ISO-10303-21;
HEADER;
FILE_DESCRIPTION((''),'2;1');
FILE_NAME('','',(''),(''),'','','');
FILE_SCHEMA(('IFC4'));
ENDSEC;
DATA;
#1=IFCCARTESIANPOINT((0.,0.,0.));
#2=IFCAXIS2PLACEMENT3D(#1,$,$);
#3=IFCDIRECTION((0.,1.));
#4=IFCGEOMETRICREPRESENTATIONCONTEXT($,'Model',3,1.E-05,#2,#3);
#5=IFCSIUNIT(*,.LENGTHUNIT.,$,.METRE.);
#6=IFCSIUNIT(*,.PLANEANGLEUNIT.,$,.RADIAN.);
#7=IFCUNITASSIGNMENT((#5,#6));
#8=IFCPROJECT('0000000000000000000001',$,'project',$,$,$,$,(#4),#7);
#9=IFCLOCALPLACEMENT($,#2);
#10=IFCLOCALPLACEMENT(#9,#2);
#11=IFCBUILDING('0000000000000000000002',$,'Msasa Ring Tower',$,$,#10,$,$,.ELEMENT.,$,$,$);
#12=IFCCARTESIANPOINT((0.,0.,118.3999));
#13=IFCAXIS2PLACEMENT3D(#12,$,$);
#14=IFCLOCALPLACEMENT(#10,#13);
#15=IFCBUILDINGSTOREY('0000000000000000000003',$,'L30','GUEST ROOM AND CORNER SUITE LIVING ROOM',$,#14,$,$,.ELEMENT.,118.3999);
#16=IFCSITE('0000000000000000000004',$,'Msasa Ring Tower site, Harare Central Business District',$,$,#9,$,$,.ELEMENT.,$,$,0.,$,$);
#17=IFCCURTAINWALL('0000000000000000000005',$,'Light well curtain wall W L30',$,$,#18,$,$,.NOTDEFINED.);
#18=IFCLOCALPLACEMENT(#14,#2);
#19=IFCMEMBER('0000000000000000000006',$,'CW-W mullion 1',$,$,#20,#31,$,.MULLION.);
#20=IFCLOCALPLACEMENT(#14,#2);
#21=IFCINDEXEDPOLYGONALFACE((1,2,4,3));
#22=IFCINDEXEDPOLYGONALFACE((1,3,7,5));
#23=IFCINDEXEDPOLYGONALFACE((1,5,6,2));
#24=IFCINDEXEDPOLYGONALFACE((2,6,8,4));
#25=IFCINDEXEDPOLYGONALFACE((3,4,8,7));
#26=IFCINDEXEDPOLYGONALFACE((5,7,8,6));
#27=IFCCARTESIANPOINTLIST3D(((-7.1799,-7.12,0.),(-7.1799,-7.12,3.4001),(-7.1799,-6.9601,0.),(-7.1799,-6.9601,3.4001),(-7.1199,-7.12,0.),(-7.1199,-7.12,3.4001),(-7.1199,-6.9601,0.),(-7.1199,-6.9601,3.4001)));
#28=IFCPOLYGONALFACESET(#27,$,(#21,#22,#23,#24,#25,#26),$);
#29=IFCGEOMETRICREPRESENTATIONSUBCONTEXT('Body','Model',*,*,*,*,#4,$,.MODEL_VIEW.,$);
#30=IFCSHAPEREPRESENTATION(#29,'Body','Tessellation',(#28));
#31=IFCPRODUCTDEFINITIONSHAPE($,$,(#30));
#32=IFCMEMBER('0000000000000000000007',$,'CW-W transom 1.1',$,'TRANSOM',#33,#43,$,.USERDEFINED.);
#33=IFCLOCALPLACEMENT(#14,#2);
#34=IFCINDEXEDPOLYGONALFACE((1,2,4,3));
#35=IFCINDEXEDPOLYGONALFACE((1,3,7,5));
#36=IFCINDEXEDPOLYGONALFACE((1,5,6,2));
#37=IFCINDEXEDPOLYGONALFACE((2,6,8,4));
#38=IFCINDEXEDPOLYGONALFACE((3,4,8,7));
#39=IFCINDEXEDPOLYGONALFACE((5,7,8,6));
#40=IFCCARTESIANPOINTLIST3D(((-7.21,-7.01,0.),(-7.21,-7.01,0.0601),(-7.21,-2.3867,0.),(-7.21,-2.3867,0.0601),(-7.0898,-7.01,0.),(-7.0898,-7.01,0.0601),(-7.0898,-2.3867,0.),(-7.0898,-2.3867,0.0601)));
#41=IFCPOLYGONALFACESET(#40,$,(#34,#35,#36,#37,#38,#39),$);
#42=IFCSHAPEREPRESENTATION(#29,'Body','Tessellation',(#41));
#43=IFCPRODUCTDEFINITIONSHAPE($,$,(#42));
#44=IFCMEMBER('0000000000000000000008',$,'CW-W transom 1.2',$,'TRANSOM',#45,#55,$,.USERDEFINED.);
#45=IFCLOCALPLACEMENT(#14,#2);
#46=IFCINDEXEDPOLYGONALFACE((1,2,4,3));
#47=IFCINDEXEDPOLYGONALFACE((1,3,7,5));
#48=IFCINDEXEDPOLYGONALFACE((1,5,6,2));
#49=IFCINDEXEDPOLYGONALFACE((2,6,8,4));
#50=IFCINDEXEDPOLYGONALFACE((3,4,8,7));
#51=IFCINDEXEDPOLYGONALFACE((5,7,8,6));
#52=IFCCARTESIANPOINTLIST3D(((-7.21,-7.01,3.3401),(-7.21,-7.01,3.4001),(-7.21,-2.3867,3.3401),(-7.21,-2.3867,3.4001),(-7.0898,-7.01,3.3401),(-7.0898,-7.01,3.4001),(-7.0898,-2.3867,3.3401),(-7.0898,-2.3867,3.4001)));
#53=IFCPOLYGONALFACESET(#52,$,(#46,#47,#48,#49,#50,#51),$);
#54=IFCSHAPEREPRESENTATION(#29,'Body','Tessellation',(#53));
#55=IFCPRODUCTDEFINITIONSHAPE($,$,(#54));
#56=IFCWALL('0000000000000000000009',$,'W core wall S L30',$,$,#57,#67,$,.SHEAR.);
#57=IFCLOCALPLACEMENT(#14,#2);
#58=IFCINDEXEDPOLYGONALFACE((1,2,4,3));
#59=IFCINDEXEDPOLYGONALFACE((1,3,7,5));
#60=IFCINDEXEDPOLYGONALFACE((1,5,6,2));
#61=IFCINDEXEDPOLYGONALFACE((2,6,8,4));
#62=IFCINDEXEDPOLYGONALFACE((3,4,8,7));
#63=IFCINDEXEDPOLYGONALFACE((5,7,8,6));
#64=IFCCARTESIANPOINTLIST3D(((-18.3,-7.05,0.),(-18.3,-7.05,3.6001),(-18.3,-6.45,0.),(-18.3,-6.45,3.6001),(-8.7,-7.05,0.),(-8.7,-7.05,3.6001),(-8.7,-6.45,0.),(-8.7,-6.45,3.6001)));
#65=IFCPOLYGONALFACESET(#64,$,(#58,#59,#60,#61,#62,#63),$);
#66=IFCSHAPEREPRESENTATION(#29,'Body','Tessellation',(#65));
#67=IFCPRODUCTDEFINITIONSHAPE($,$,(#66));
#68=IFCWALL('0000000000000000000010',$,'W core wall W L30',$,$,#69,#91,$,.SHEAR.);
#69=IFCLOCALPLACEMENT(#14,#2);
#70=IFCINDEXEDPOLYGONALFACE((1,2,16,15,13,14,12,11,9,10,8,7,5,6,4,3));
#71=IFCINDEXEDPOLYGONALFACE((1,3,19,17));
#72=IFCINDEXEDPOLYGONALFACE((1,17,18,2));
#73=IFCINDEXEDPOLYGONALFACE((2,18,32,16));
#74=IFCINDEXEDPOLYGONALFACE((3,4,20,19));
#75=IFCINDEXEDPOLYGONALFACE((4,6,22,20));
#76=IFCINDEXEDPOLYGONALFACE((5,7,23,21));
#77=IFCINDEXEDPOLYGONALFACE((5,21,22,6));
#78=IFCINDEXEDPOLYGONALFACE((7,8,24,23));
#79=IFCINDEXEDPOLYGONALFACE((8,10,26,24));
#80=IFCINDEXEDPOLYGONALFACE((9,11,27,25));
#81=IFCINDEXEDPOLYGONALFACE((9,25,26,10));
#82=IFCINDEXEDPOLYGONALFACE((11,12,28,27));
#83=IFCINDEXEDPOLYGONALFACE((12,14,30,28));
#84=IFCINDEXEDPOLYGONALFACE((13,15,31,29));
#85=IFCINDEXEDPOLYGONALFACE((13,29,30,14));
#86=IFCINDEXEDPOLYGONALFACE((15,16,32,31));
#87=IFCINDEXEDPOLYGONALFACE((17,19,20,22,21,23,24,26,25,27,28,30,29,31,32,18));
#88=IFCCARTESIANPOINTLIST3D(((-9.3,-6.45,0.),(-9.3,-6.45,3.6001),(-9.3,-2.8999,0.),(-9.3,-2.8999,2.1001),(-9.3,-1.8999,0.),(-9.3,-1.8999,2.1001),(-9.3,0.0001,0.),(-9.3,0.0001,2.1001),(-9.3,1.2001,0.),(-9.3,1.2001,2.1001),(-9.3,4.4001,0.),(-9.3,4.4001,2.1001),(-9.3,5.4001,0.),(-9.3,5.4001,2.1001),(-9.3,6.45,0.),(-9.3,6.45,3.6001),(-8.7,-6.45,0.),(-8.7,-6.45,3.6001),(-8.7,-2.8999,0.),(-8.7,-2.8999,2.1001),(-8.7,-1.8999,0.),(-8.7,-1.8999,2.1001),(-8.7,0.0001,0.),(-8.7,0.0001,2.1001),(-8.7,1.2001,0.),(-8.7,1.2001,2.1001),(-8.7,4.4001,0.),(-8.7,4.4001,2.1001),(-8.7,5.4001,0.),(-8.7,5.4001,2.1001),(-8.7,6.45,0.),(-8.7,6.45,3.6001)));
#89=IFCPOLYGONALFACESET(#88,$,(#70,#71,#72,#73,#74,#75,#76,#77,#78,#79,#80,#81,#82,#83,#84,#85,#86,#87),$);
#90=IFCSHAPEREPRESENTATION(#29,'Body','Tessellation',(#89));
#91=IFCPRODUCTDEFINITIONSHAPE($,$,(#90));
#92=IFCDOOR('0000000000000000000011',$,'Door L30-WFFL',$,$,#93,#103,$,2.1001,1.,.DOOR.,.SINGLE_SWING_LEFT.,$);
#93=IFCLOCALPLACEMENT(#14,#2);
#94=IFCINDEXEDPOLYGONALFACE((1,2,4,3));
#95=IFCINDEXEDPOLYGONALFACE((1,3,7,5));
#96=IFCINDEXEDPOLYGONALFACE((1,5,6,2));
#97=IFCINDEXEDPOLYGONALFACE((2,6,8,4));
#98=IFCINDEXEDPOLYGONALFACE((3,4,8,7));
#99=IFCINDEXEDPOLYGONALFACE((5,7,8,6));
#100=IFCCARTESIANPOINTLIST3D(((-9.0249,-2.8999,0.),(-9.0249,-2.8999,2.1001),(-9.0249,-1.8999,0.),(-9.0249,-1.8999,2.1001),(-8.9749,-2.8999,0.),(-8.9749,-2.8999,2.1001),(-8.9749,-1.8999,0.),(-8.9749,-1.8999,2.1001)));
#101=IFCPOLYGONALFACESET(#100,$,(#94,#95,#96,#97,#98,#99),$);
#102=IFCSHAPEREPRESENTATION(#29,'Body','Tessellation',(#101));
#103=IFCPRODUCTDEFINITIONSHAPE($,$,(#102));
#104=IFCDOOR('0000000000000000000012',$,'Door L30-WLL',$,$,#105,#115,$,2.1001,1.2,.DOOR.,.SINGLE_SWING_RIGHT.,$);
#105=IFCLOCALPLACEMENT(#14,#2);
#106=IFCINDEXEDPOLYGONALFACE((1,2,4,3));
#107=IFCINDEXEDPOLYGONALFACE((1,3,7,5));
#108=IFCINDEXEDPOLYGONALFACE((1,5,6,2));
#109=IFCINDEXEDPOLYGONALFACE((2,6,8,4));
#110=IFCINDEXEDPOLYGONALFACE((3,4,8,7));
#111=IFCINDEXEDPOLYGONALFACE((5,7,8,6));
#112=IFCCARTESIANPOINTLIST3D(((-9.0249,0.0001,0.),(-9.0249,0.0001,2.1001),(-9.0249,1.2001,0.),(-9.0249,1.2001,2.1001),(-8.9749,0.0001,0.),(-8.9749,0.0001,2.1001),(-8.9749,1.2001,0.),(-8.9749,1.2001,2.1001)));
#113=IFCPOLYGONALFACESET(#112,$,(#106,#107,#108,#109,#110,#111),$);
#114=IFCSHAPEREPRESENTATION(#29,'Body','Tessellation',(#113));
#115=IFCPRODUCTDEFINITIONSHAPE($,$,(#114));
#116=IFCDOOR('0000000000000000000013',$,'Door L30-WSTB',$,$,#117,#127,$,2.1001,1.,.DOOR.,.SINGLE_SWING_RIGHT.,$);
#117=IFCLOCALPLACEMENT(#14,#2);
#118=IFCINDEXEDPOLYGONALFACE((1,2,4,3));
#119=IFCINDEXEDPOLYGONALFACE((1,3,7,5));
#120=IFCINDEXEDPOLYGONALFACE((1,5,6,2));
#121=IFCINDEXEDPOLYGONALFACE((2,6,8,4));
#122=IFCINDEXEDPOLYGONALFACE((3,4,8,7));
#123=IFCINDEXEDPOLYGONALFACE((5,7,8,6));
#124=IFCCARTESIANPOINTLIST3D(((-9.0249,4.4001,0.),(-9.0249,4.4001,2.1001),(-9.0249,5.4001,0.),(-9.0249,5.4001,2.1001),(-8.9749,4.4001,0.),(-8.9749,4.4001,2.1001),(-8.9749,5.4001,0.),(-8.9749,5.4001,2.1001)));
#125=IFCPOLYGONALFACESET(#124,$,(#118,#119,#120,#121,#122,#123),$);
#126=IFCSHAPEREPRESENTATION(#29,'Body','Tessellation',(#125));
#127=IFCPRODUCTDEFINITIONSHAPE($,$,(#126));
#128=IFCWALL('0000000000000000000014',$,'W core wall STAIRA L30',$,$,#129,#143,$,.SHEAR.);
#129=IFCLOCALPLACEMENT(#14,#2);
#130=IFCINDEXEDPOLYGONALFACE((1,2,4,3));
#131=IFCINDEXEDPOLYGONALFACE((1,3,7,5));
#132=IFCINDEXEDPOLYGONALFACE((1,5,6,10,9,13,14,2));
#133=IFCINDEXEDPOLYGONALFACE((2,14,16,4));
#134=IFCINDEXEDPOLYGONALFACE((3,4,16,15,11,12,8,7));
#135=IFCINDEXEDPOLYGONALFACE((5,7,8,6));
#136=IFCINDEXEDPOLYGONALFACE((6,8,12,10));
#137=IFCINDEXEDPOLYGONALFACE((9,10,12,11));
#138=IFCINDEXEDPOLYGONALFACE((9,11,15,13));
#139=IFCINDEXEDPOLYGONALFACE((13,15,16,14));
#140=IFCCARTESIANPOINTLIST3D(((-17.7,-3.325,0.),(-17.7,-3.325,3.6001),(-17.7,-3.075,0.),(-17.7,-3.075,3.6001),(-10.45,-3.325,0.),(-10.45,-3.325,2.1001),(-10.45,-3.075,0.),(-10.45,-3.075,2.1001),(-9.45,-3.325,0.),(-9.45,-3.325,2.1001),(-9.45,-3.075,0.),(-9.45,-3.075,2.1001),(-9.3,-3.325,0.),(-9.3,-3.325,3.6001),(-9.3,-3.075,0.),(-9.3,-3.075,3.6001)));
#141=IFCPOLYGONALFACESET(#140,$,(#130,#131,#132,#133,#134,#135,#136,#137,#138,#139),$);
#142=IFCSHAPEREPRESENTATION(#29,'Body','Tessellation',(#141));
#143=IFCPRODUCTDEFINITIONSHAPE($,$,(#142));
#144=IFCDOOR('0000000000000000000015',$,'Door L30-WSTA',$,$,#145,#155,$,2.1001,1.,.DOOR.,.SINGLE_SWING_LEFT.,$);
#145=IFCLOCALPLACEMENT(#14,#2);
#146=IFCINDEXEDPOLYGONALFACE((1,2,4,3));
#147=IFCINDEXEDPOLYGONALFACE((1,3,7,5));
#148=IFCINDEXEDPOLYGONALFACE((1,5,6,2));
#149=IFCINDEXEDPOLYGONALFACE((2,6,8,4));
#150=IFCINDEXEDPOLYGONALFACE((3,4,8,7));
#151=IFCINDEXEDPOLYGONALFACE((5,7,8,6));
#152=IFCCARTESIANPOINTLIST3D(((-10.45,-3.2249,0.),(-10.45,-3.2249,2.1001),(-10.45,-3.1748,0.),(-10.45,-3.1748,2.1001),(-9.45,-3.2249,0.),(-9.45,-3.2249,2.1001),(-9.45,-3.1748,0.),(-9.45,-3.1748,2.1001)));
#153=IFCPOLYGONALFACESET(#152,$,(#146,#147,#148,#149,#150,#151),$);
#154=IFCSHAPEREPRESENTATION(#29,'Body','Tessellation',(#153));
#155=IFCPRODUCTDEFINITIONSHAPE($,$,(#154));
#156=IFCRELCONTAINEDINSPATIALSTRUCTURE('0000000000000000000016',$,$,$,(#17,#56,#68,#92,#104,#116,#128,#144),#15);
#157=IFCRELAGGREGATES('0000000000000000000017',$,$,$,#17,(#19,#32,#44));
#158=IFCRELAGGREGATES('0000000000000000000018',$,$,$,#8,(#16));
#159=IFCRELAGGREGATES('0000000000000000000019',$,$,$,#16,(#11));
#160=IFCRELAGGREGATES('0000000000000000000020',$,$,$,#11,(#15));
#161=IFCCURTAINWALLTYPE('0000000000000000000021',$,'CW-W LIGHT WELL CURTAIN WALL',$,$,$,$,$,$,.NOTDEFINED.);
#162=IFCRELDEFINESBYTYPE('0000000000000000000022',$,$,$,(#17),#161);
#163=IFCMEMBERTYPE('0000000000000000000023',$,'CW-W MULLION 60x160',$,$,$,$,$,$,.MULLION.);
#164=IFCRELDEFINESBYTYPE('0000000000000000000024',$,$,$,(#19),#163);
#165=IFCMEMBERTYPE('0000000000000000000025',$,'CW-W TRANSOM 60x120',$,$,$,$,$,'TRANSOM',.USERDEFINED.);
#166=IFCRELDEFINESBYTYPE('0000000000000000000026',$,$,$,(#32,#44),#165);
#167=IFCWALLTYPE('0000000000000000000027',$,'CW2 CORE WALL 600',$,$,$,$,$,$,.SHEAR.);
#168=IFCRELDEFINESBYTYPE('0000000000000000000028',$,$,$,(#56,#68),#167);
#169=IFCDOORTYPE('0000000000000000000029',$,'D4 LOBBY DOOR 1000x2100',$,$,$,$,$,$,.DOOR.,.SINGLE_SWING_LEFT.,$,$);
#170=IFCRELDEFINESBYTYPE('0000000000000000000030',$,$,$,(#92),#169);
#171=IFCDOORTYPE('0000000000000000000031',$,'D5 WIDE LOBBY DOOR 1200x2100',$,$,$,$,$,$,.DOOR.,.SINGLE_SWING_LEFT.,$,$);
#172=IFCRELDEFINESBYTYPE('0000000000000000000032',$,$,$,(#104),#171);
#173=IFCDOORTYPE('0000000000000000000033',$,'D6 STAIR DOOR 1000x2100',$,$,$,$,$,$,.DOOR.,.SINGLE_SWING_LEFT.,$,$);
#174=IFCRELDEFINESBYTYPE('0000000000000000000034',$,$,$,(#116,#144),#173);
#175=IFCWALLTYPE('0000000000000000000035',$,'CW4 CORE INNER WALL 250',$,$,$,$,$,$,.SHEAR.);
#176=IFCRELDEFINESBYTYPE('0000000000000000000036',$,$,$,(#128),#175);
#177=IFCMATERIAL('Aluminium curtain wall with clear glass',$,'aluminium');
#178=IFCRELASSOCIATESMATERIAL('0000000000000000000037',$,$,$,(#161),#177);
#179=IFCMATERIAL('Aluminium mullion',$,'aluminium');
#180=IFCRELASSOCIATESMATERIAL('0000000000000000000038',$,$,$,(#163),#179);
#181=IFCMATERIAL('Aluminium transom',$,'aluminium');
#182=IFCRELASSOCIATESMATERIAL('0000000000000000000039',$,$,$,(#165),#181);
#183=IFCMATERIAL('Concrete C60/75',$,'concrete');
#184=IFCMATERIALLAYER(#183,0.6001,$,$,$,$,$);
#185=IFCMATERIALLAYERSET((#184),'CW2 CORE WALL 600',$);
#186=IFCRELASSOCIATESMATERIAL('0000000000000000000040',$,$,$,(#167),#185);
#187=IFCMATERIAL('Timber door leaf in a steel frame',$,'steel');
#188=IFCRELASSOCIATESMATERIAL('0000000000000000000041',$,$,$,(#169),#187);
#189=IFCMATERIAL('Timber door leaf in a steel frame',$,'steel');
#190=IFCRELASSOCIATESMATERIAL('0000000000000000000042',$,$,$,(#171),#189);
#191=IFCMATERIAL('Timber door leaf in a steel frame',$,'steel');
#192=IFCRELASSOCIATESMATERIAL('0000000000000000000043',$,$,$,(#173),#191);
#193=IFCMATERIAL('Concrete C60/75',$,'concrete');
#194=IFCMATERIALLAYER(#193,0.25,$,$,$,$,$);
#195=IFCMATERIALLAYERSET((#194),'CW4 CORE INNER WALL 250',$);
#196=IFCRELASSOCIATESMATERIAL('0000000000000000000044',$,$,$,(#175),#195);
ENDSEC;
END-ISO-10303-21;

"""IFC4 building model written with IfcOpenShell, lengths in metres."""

from ifc_helpers import new_model, si_unit, direction, frame, frame_2d, origin, origin_2d, place, context, subcontext, project, spatial, rectangle, extrude, material, layer, layer_set, material_profile, profile_set, type_object, element, fill, aggregate, save


model = new_model("IFC4")

# Units and contexts
model_context = context("Model", 3, precision=1e-05, world=origin(), true_north=direction((0.0, 1.0)))
body_context = subcontext(model_context, "Body", "Model", "MODEL_VIEW")
ifc_project = project(units=[si_unit("LENGTHUNIT", "METRE"), si_unit("PLANEANGLEUNIT", "RADIAN")], contexts=[model_context])

# Site, building, storey
site_placement = place(None, origin())
site = spatial("IfcSite", under=ifc_project, at=site_placement, Name="Msasa Ring Tower site, Harare Central Business District", CompositionType="ELEMENT", RefElevation=0.0)
building_placement = place(site_placement, origin())
building = spatial("IfcBuilding", under=site, at=building_placement, Name="Msasa Ring Tower", CompositionType="ELEMENT")
storey_placement = place(building_placement, frame((0.0, 0.0, 118.3999)))
storey = spatial("IfcBuildingStorey", under=building, at=storey_placement, Name="L30", Description="GUEST ROOM AND CORNER SUITE LIVING ROOM", CompositionType="ELEMENT", Elevation=118.3999)

# Curtain wall, members
ifc_material_1 = material(Name="Aluminium curtain wall with clear glass", Category="aluminium")
curtain_wall_type = type_object("IfcCurtainWallType", Name="CW-W LIGHT WELL CURTAIN WALL", PredefinedType="NOTDEFINED", material=ifc_material_1)
curtain_wall_placement = place(storey_placement, origin())
curtain_wall = element("IfcCurtainWall", 1, at=curtain_wall_placement, inside=storey, type_object=curtain_wall_type, Name="Light well curtain wall W L30", PredefinedType="NOTDEFINED")
ifc_material_2 = material(Name="Aluminium mullion", Category="aluminium")
ifc_material_profile_1 = material_profile(ifc_material_2, rectangle(XDim=0.0601, YDim=0.1599, at=origin_2d()), Name="AL 60x160")
ifc_profile_set_1 = profile_set([ifc_material_profile_1], Name="Aluminium mullion")
member_type_1 = type_object("IfcMemberType", Name="CW-W MULLION 60x160", PredefinedType="MULLION", material=ifc_profile_set_1)
member_1_placement = place(storey_placement, frame((-7.1499, -7.04, 0.0), z_axis=(0.0, 0.0, 1.0), x_axis=(-1.0, 0.0, 0.0)))
member_1 = element("IfcMember", 2, at=member_1_placement, type_object=member_type_1, Name="CW-W mullion 1", PredefinedType="MULLION", context=body_context, shape_type="SweptSolid", body=[
    extrude(rectangle(XDim=0.0601, YDim=0.1599, at=origin_2d()), origin(), (0.0, 0.0, 1.0), 3.4001),
])
ifc_material_3 = material(Name="Aluminium transom", Category="aluminium")
ifc_material_profile_2 = material_profile(ifc_material_3, rectangle(XDim=0.1201, YDim=0.0601, at=origin_2d()), Name="AL 60x120")
ifc_profile_set_2 = profile_set([ifc_material_profile_2], Name="Aluminium transom")
member_type_2 = type_object("IfcMemberType", Name="CW-W TRANSOM 60x120", ElementType="TRANSOM", PredefinedType="USERDEFINED", material=ifc_profile_set_2)
member_2_placement = place(storey_placement, frame((-7.1499, -7.01, 0.03), z_axis=(0.0, 1.0, 0.0), x_axis=(-1.0, 0.0, 0.0)))
member_2 = element("IfcMember", 3, at=member_2_placement, type_object=member_type_2, Name="CW-W transom 1.1", ObjectType="TRANSOM", PredefinedType="USERDEFINED", context=body_context, shape_type="SweptSolid", body=[
    extrude(rectangle(XDim=0.1201, YDim=0.0601, at=origin_2d()), origin(), (0.0, 0.0, 1.0), 4.6233),
])
member_3_placement = place(storey_placement, frame((-7.1499, -7.01, 3.3701), z_axis=(0.0, 1.0, 0.0), x_axis=(-1.0, 0.0, 0.0)))
member_3 = element("IfcMember", 4, at=member_3_placement, type_object=member_type_2, Name="CW-W transom 1.2", ObjectType="TRANSOM", PredefinedType="USERDEFINED", context=body_context, shape_type="SweptSolid", body=[
    extrude(rectangle(XDim=0.1201, YDim=0.0601, at=origin_2d()), origin(), (0.0, 0.0, 1.0), 4.6233),
])
aggregate(curtain_wall, [member_1, member_2, member_3])

# Wall
ifc_material_4 = material(Name="Concrete C60/75", Category="concrete")
ifc_layer_1 = layer(ifc_material_4, 0.6001)
ifc_layer_set_1 = layer_set([ifc_layer_1], Name="CW2 CORE WALL 600")
wall_type_1 = type_object("IfcWallType", Name="CW2 CORE WALL 600", PredefinedType="SHEAR", material=ifc_layer_set_1)
wall_1_placement = place(storey_placement, frame((-8.7, -6.75, 0.0), z_axis=(0.0, 0.0, 1.0), x_axis=(-1.0, 0.0, 0.0)))
element("IfcWall", 5, at=wall_1_placement, inside=storey, type_object=wall_type_1, Name="W core wall S L30", PredefinedType="SHEAR", context=body_context, shape_type="SweptSolid", body=[
    extrude(rectangle(XDim=9.6001, YDim=0.6001, at=frame_2d((4.8, 0.0))), origin(), (0.0, 0.0, 1.0), 3.6001),
])

# Wall, openings, doors
wall_2_placement = place(storey_placement, frame((-9.0, -6.45, 0.0), z_axis=(0.0, 0.0, 1.0), x_axis=(0.0, 1.0, 0.0)))
wall_2 = element("IfcWall", 6, at=wall_2_placement, inside=storey, type_object=wall_type_1, Name="W core wall W L30", PredefinedType="SHEAR", context=body_context, shape_type="SweptSolid", body=[
    extrude(rectangle(XDim=12.8999, YDim=0.6001, at=frame_2d((6.45, 0.0))), origin(), (0.0, 0.0, 1.0), 3.6001),
])
opening_1_placement = place(wall_2_placement, frame((3.55, 0.0, 0.0)))
opening_1 = element("IfcOpeningElement", 7, at=opening_1_placement, cuts=wall_2, PredefinedType="OPENING", context=body_context, shape_type="SweptSolid", body=[
    extrude(rectangle(XDim=1.0, YDim=2.1001, at=frame_2d((0.5, 1.05))), frame((0.0, 0.3101, 0.0), z_axis=(0.0, -1.0, 0.0), x_axis=(1.0, 0.0, 0.0)), (0.0, 0.0, 1.0), 0.6201),
])
opening_2_placement = place(wall_2_placement, frame((6.45, 0.0, 0.0)))
opening_2 = element("IfcOpeningElement", 8, at=opening_2_placement, cuts=wall_2, PredefinedType="OPENING", context=body_context, shape_type="SweptSolid", body=[
    extrude(rectangle(XDim=1.2, YDim=2.1001, at=frame_2d((0.6001, 1.05))), frame((0.0, 0.3101, 0.0), z_axis=(0.0, -1.0, 0.0), x_axis=(1.0, 0.0, 0.0)), (0.0, 0.0, 1.0), 0.6201),
])
opening_3_placement = place(wall_2_placement, frame((10.8501, 0.0, 0.0)))
opening_3 = element("IfcOpeningElement", 9, at=opening_3_placement, cuts=wall_2, PredefinedType="OPENING", context=body_context, shape_type="SweptSolid", body=[
    extrude(rectangle(XDim=1.0, YDim=2.1001, at=frame_2d((0.5, 1.05))), frame((0.0, 0.3101, 0.0), z_axis=(0.0, -1.0, 0.0), x_axis=(1.0, 0.0, 0.0)), (0.0, 0.0, 1.0), 0.6201),
])
ifc_material_5 = material(Name="Timber door leaf in a steel frame", Category="steel")
door_type_1 = type_object("IfcDoorType", Name="D4 LOBBY DOOR 1000x2100", OperationType="SINGLE_SWING_LEFT", PredefinedType="DOOR", material=ifc_material_5)
door_1_placement = place(opening_1_placement, origin())
door_1 = element("IfcDoor", 10, at=door_1_placement, inside=storey, type_object=door_type_1, Name="Door L30-WFFL", OperationType="SINGLE_SWING_LEFT", OverallHeight=2.1001, OverallWidth=1.0, PredefinedType="DOOR", context=body_context, shape_type="SweptSolid", body=[
    extrude(rectangle(XDim=1.0, YDim=2.1001, at=frame_2d((0.5, 1.05))), frame((0.0, 0.0249, 0.0), z_axis=(0.0, -1.0, 0.0), x_axis=(1.0, 0.0, 0.0)), (0.0, 0.0, 1.0), 0.05),
])
fill(opening_1, door_1)
ifc_material_6 = material(Name="Timber door leaf in a steel frame", Category="steel")
door_type_2 = type_object("IfcDoorType", Name="D5 WIDE LOBBY DOOR 1200x2100", OperationType="SINGLE_SWING_LEFT", PredefinedType="DOOR", material=ifc_material_6)
door_2_placement = place(opening_2_placement, origin())
door_2 = element("IfcDoor", 11, at=door_2_placement, inside=storey, type_object=door_type_2, Name="Door L30-WLL", OperationType="SINGLE_SWING_RIGHT", OverallHeight=2.1001, OverallWidth=1.2, PredefinedType="DOOR", context=body_context, shape_type="SweptSolid", body=[
    extrude(rectangle(XDim=1.2, YDim=2.1001, at=frame_2d((0.6001, 1.05))), frame((0.0, 0.0249, 0.0), z_axis=(0.0, -1.0, 0.0), x_axis=(1.0, 0.0, 0.0)), (0.0, 0.0, 1.0), 0.05),
])
fill(opening_2, door_2)
ifc_material_7 = material(Name="Timber door leaf in a steel frame", Category="steel")
door_type_3 = type_object("IfcDoorType", Name="D6 STAIR DOOR 1000x2100", OperationType="SINGLE_SWING_LEFT", PredefinedType="DOOR", material=ifc_material_7)
door_3_placement = place(opening_3_placement, origin())
door_3 = element("IfcDoor", 12, at=door_3_placement, inside=storey, type_object=door_type_3, Name="Door L30-WSTB", OperationType="SINGLE_SWING_RIGHT", OverallHeight=2.1001, OverallWidth=1.0, PredefinedType="DOOR", context=body_context, shape_type="SweptSolid", body=[
    extrude(rectangle(XDim=1.0, YDim=2.1001, at=frame_2d((0.5, 1.05))), frame((0.0, 0.0249, 0.0), z_axis=(0.0, -1.0, 0.0), x_axis=(1.0, 0.0, 0.0)), (0.0, 0.0, 1.0), 0.05),
])
fill(opening_3, door_3)

# Wall, opening, door
ifc_material_8 = material(Name="Concrete C60/75", Category="concrete")
ifc_layer_2 = layer(ifc_material_8, 0.25)
ifc_layer_set_2 = layer_set([ifc_layer_2], Name="CW4 CORE INNER WALL 250")
wall_type_2 = type_object("IfcWallType", Name="CW4 CORE INNER WALL 250", PredefinedType="SHEAR", material=ifc_layer_set_2)
wall_3_placement = place(storey_placement, frame((-9.3, -3.2, 0.0), z_axis=(0.0, 0.0, 1.0), x_axis=(-1.0, 0.0, 0.0)))
wall_3 = element("IfcWall", 13, at=wall_3_placement, inside=storey, type_object=wall_type_2, Name="W core wall STAIRA L30", PredefinedType="SHEAR", context=body_context, shape_type="SweptSolid", body=[
    extrude(rectangle(XDim=8.3999, YDim=0.25, at=frame_2d((4.2, 0.0))), origin(), (0.0, 0.0, 1.0), 3.6001),
])
opening_4_placement = place(wall_3_placement, frame((0.1499, 0.0, 0.0)))
opening_4 = element("IfcOpeningElement", 14, at=opening_4_placement, cuts=wall_3, PredefinedType="OPENING", context=body_context, shape_type="SweptSolid", body=[
    extrude(rectangle(XDim=1.0, YDim=2.1001, at=frame_2d((0.5, 1.05))), frame((0.0, 0.135, 0.0), z_axis=(0.0, -1.0, 0.0), x_axis=(1.0, 0.0, 0.0)), (0.0, 0.0, 1.0), 0.27),
])
door_4_placement = place(opening_4_placement, origin())
door_4 = element("IfcDoor", 15, at=door_4_placement, inside=storey, type_object=door_type_3, Name="Door L30-WSTA", OperationType="SINGLE_SWING_LEFT", OverallHeight=2.1001, OverallWidth=1.0, PredefinedType="DOOR", context=body_context, shape_type="SweptSolid", body=[
    extrude(rectangle(XDim=1.0, YDim=2.1001, at=frame_2d((0.5, 1.05))), frame((0.0, 0.0249, 0.0), z_axis=(0.0, -1.0, 0.0), x_axis=(1.0, 0.0, 0.0)), (0.0, 0.0, 1.0), 0.05),
])
fill(opening_4, door_4)

save(model, "model.ifc")
